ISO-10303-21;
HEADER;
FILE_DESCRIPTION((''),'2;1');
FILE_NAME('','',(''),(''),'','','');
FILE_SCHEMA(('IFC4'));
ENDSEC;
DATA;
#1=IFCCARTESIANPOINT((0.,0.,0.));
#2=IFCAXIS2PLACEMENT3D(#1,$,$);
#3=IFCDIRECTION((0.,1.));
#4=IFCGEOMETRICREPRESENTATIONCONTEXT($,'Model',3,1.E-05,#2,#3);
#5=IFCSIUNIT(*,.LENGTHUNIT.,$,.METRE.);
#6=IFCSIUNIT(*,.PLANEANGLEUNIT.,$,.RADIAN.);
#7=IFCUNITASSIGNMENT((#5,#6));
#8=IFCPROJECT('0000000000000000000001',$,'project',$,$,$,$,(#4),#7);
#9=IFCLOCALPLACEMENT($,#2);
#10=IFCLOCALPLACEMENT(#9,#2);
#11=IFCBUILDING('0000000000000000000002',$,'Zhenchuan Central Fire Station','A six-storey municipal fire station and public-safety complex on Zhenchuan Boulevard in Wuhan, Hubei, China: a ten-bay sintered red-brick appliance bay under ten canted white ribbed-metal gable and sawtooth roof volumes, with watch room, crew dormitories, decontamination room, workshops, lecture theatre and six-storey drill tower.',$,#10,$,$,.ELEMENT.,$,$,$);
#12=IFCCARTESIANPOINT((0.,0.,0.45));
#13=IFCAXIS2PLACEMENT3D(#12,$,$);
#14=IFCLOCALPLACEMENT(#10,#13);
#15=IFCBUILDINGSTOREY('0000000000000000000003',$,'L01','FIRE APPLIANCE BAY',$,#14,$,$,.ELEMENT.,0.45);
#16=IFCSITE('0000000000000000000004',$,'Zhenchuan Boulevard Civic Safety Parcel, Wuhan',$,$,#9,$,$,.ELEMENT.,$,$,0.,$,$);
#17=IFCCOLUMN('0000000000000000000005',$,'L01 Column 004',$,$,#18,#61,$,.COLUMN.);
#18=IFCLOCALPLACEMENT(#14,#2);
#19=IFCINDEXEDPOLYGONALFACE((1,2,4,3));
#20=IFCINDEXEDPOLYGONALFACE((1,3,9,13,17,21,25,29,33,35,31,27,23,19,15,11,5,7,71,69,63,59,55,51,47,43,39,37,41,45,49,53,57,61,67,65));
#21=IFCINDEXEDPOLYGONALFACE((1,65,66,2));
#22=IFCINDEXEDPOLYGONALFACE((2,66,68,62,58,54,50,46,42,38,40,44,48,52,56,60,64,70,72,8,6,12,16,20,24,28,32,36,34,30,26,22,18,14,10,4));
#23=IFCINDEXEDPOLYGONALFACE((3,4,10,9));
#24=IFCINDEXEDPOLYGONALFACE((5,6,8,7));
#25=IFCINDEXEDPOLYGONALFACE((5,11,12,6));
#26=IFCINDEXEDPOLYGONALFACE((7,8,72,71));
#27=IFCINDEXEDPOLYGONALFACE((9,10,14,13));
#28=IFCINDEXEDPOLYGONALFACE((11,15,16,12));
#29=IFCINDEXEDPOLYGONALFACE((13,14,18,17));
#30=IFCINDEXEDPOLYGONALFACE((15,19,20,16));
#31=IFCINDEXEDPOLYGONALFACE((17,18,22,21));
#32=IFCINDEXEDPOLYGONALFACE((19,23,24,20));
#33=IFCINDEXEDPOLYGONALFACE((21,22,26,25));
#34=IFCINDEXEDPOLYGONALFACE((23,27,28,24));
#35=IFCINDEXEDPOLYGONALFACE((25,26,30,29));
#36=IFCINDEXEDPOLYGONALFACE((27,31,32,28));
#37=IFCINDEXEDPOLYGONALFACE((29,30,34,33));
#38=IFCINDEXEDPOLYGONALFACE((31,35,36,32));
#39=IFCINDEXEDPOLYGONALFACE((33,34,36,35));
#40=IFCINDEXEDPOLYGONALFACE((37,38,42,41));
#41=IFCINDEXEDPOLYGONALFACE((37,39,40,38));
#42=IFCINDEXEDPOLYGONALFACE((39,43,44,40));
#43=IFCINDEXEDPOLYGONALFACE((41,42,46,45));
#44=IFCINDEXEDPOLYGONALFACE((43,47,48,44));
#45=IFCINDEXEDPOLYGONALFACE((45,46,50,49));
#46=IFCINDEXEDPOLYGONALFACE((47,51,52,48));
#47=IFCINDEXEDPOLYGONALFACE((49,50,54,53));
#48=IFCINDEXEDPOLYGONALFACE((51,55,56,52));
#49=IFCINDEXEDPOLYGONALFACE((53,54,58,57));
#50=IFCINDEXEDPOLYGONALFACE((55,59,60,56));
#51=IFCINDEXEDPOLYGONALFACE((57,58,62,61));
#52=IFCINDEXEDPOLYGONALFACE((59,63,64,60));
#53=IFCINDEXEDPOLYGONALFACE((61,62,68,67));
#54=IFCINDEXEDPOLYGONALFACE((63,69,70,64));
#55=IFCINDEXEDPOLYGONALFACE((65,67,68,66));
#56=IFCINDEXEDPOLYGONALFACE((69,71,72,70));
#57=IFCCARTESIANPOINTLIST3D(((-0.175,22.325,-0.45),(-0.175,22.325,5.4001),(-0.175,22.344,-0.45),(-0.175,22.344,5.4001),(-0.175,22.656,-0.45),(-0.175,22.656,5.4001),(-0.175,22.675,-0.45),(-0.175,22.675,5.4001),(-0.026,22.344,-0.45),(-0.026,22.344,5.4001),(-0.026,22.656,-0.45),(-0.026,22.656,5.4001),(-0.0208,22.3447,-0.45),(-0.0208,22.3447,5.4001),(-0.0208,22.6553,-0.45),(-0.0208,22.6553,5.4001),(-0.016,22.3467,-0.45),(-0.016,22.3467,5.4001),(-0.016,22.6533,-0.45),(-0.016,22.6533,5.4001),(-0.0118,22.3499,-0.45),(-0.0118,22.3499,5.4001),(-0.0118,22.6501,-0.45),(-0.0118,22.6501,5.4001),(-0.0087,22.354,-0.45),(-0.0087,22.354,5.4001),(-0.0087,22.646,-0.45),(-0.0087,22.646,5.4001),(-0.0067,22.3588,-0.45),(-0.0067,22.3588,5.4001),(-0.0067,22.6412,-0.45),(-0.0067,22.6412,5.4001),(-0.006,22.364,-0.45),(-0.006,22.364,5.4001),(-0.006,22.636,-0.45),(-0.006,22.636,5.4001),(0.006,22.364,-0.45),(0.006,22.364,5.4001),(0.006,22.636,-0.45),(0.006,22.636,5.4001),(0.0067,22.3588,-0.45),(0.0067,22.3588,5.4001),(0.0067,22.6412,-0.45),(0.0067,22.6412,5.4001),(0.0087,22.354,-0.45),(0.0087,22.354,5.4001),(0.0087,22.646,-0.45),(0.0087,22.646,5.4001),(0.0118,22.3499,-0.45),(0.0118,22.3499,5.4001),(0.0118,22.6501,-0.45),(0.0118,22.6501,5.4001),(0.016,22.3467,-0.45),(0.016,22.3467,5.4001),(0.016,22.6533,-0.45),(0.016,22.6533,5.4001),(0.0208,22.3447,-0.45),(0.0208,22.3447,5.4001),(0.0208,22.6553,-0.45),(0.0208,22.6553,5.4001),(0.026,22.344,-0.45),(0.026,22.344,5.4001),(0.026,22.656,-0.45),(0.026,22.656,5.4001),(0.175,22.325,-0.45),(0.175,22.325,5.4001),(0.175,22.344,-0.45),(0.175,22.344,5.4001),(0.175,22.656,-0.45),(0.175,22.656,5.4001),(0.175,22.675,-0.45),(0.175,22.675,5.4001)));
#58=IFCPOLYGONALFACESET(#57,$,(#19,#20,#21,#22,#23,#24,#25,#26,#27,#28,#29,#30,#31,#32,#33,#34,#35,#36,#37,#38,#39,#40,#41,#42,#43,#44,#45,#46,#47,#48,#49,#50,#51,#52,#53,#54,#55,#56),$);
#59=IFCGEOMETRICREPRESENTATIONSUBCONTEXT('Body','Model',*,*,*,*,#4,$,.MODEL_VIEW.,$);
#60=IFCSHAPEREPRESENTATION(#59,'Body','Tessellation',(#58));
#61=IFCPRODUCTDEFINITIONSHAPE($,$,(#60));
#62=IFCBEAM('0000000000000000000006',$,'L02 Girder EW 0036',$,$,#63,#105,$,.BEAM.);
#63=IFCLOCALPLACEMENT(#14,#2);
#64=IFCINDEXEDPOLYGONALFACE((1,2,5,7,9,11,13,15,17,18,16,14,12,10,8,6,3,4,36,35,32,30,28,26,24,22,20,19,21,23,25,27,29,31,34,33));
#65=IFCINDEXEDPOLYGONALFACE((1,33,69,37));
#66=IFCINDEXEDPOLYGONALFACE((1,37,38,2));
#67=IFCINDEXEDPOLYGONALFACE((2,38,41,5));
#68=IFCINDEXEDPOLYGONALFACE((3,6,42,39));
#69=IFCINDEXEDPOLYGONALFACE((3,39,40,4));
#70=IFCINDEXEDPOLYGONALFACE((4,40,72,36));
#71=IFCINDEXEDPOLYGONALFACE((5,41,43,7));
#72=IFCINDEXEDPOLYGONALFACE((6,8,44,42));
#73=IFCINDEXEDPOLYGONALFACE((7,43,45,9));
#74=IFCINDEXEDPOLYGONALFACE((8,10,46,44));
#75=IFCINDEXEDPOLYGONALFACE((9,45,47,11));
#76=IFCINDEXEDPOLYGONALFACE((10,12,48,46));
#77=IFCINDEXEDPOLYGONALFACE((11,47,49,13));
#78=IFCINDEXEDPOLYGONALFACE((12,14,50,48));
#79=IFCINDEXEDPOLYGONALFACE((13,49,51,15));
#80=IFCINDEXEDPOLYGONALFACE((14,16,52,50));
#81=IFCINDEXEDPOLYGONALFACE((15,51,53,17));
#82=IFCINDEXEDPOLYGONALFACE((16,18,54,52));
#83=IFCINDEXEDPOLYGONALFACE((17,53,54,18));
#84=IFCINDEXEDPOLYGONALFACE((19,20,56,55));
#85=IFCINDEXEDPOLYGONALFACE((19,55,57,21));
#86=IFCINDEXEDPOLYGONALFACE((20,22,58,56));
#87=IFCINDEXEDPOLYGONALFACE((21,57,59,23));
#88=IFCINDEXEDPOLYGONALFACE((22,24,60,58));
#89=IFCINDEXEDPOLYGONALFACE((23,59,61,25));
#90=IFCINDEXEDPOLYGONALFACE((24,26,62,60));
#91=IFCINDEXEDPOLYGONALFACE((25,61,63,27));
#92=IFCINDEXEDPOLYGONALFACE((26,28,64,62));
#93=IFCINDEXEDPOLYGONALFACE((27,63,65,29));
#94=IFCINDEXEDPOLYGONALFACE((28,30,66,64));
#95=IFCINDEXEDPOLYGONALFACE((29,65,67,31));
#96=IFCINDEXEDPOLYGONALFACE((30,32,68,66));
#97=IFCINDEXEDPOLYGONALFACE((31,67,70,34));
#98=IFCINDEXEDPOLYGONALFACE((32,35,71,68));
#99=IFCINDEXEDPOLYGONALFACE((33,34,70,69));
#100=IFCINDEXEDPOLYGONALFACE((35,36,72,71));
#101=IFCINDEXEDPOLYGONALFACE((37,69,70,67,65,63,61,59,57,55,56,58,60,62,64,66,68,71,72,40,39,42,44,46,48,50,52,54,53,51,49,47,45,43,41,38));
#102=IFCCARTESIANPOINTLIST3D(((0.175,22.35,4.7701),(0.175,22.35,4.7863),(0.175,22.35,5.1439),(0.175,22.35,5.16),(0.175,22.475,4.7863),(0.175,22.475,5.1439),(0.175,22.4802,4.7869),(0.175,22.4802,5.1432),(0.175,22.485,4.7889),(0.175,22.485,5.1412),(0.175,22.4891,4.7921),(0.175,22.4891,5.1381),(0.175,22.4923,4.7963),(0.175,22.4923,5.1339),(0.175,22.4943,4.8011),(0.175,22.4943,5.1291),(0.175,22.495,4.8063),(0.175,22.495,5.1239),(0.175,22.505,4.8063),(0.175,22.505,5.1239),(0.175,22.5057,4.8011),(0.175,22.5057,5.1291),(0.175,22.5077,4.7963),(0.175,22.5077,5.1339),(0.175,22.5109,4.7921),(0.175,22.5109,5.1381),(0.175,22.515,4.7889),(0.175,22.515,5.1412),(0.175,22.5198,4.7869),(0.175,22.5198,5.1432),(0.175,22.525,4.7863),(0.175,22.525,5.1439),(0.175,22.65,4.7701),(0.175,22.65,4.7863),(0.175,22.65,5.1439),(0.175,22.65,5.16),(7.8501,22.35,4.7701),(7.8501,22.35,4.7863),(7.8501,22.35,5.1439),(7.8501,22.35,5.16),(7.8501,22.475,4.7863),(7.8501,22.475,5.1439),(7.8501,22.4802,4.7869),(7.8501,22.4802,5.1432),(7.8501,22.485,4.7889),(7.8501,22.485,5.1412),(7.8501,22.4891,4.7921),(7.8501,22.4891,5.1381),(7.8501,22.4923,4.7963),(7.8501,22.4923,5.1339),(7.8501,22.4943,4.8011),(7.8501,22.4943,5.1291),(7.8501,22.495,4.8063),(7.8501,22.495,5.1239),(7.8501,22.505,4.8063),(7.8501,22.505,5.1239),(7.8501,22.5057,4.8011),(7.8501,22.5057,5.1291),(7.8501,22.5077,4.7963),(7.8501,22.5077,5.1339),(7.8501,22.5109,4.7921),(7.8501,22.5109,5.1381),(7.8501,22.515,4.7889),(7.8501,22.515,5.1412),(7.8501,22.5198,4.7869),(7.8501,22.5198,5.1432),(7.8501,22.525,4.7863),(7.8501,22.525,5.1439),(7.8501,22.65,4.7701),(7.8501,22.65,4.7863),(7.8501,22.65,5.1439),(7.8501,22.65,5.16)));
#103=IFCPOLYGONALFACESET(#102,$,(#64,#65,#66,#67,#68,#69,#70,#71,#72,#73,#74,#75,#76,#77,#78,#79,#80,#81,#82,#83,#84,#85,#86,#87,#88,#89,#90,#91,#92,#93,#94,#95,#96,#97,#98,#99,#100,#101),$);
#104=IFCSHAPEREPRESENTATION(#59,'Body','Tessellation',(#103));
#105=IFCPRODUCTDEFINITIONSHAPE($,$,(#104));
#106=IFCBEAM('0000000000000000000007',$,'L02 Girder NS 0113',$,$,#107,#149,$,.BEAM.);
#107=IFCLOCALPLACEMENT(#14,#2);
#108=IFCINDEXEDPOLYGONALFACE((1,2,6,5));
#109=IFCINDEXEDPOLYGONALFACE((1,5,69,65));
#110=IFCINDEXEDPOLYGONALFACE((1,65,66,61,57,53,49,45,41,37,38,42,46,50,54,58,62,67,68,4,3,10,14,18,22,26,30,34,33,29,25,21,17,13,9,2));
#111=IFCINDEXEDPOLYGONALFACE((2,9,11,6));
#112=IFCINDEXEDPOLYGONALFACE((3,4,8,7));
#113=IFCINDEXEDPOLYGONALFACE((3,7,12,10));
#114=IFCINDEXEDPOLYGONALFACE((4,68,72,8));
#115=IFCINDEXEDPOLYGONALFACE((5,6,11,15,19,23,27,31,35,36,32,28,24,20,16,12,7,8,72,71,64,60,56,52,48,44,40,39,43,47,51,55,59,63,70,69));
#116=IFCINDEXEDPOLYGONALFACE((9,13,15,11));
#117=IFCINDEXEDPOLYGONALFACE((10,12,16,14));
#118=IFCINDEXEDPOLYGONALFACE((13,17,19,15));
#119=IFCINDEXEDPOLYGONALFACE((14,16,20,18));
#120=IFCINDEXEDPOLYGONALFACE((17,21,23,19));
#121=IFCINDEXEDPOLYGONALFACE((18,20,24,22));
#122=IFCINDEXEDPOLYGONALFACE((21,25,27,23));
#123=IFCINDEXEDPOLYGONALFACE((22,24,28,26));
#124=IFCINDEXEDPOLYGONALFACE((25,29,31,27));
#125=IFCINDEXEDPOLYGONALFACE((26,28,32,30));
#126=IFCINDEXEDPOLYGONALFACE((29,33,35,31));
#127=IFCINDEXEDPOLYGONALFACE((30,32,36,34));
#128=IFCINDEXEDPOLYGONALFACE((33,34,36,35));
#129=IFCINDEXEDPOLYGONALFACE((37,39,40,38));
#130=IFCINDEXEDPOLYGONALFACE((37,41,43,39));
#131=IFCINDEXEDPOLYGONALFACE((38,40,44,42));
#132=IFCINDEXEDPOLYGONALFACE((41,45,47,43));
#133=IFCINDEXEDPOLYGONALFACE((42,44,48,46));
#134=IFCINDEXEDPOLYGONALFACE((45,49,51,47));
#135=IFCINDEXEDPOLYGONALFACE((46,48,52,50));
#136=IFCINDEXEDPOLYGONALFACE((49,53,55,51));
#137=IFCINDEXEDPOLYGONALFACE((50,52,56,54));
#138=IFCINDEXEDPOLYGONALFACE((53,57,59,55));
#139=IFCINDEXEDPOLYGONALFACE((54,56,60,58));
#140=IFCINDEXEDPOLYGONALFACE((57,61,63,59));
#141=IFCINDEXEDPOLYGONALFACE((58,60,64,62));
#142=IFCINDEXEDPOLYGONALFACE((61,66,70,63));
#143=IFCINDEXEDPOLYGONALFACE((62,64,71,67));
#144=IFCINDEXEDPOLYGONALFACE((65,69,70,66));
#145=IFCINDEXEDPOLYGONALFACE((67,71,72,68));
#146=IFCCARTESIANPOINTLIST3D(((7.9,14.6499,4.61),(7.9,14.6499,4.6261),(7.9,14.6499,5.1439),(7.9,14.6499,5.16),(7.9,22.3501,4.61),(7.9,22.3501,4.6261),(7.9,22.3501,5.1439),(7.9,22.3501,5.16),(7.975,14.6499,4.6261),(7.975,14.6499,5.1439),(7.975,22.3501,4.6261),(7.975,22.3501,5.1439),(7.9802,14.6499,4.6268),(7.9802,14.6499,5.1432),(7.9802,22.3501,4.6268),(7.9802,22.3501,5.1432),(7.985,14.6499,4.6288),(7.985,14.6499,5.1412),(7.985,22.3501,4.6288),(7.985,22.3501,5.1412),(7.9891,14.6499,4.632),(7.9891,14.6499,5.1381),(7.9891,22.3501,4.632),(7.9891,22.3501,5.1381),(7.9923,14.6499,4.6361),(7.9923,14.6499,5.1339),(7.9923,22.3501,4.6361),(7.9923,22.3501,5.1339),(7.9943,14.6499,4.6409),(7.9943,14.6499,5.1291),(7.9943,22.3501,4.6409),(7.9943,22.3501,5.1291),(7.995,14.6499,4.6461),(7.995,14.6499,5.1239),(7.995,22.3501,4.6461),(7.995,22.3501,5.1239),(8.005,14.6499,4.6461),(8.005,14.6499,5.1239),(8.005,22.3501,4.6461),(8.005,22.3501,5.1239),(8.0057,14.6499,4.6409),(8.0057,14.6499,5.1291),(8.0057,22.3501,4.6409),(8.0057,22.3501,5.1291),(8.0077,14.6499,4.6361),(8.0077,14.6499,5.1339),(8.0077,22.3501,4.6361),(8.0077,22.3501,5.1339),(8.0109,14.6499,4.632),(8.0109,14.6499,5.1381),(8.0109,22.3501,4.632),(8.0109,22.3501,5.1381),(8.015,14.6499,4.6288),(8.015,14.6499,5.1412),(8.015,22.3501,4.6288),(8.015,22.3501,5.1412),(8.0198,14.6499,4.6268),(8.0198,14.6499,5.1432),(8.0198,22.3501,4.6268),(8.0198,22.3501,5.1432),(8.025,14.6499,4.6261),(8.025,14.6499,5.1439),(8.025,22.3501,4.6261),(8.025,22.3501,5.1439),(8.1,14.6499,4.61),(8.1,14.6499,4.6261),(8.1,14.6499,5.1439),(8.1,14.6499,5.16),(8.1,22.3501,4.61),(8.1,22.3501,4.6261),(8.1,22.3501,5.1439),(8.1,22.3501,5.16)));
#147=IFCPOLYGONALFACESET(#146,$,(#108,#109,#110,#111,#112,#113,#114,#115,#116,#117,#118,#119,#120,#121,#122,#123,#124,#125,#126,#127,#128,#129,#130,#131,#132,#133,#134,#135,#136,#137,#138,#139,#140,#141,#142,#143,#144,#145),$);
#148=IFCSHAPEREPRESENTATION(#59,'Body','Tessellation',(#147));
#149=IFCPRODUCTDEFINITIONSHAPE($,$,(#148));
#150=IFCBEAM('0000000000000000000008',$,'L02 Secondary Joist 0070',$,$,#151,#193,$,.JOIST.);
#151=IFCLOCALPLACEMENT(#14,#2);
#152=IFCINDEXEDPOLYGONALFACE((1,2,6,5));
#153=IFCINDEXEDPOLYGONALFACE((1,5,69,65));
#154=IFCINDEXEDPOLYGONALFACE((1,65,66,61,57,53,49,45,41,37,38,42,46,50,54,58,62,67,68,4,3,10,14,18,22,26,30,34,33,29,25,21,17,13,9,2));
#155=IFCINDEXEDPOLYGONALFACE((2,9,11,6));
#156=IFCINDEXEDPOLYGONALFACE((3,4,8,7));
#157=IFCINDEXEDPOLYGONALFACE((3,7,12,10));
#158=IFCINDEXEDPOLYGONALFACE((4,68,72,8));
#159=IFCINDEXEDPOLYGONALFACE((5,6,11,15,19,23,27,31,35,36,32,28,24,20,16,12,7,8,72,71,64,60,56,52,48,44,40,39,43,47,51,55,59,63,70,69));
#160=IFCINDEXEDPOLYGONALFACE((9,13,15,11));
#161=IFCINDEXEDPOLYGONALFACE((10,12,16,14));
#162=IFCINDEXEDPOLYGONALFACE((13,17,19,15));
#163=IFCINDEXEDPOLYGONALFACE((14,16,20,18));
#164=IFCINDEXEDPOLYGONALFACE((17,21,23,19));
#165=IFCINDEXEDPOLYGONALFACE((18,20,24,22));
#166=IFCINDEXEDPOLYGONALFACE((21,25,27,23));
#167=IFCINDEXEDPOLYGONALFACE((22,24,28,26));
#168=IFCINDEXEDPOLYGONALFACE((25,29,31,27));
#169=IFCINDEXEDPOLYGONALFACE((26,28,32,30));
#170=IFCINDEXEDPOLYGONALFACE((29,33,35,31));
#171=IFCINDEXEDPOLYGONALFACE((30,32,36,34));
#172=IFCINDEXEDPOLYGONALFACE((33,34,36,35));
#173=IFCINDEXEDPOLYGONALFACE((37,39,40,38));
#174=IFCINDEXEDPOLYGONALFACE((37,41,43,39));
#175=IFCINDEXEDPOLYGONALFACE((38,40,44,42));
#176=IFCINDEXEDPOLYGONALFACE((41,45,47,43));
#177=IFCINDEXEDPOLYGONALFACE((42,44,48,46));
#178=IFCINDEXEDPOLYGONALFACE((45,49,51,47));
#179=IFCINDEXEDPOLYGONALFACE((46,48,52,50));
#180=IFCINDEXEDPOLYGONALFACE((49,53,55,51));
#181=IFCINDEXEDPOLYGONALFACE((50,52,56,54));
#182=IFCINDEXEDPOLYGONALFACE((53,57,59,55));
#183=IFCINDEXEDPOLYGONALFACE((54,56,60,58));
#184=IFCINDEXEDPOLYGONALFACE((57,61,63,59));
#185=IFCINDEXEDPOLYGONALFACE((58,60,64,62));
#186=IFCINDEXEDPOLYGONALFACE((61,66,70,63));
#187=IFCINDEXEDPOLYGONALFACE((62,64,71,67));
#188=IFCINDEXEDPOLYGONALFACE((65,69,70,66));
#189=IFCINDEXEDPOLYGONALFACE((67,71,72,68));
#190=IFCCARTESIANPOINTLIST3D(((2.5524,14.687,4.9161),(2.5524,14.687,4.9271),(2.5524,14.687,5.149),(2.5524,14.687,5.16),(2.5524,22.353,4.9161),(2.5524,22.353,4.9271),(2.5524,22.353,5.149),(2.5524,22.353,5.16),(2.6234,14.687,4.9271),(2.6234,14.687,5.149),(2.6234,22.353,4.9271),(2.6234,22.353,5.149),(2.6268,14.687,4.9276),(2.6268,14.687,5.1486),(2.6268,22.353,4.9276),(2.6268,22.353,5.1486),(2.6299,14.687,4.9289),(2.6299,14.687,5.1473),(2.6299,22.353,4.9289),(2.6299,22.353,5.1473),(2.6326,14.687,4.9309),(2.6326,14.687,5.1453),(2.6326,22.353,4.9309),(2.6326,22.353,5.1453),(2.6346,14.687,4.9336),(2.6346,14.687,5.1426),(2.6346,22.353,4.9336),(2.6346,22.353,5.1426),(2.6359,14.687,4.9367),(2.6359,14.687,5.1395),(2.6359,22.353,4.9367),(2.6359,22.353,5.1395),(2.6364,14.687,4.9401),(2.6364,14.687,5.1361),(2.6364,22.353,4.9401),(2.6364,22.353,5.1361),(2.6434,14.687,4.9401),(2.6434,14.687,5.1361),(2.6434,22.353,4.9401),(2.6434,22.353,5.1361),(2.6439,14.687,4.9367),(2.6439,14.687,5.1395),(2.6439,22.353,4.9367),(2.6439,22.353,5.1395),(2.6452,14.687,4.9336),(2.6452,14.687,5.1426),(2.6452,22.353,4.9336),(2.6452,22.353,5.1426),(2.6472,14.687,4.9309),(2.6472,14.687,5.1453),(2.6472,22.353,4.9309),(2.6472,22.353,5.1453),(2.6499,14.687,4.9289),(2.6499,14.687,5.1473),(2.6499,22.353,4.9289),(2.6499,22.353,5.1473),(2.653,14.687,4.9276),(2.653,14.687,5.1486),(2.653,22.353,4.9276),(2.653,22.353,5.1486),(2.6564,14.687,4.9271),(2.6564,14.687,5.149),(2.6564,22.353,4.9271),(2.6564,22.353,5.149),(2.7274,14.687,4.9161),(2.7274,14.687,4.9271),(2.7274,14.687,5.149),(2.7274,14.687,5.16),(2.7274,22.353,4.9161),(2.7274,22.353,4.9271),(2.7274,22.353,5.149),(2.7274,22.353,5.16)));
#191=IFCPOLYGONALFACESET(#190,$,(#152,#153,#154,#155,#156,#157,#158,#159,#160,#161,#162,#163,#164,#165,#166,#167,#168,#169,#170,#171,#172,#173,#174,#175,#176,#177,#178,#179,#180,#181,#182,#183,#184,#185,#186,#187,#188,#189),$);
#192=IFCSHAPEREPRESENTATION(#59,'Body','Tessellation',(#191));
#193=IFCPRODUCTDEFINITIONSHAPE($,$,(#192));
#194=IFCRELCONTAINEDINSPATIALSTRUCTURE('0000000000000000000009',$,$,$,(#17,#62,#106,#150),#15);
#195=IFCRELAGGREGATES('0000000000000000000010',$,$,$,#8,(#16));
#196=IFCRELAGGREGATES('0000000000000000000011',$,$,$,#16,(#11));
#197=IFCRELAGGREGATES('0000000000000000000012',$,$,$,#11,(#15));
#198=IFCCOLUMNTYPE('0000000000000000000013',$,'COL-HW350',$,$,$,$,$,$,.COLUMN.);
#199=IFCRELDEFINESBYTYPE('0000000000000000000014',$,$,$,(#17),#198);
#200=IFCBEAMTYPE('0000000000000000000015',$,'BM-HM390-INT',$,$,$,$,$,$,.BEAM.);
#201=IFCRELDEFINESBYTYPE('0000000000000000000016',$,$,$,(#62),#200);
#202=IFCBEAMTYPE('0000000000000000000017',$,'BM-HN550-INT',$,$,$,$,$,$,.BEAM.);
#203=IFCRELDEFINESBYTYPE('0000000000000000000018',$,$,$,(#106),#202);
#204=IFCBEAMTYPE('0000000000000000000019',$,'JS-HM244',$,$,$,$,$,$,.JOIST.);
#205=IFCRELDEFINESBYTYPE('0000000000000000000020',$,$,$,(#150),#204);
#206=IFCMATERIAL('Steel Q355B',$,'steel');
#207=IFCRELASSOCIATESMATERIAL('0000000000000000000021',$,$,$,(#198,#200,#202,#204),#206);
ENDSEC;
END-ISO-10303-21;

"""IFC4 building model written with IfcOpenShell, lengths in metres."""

from ifc_helpers import new_model, si_unit, direction, frame, origin, origin_2d, place, context, subcontext, project, spatial, i_section, extrude, material, material_profile, profile_set, type_object, element, save


model = new_model("IFC4")

# Units and contexts
model_context = context("Model", 3, precision=1e-05, world=origin(), true_north=direction((0.0, 1.0)))
body_context = subcontext(model_context, "Body", "Model", "MODEL_VIEW")
ifc_project = project(units=[si_unit("LENGTHUNIT", "METRE"), si_unit("PLANEANGLEUNIT", "RADIAN")], contexts=[model_context])

# Site, building, storey
site_placement = place(None, origin())
site = spatial("IfcSite", under=ifc_project, at=site_placement, Name="Zhenchuan Boulevard Civic Safety Parcel, Wuhan", CompositionType="ELEMENT", RefElevation=0.0)
building_placement = place(site_placement, origin())
building = spatial("IfcBuilding", under=site, at=building_placement, Name="Zhenchuan Central Fire Station", Description="A six-storey municipal fire station and public-safety complex on Zhenchuan Boulevard in Wuhan, Hubei, China: a ten-bay sintered red-brick appliance bay under ten canted white ribbed-metal gable and sawtooth roof volumes, with watch room, crew dormitories, decontamination room, workshops, lecture theatre and six-storey drill tower.", CompositionType="ELEMENT")
storey_placement = place(building_placement, frame((0.0, 0.0, 0.45)))
storey = spatial("IfcBuildingStorey", under=building, at=storey_placement, Name="L01", Description="FIRE APPLIANCE BAY", CompositionType="ELEMENT", Elevation=0.45)

# Column
ifc_material_1 = material(Name="Steel Q355B", Category="steel")
ifc_material_profile_1 = material_profile(ifc_material_1, i_section(OverallWidth=0.3501, OverallDepth=0.3501, WebThickness=0.012, FlangeThickness=0.019, FilletRadius=0.02, at=origin_2d()), Name="HW 350x350")
ifc_profile_set_1 = profile_set([ifc_material_profile_1], Name="Steel Q355B")
column_type = type_object("IfcColumnType", Name="COL-HW350", PredefinedType="COLUMN", material=ifc_profile_set_1)
column_placement = place(storey_placement, frame((0.0, 22.5, -0.45), z_axis=(0.0, 0.0, 1.0), x_axis=(1.0, 0.0, 0.0)))
element("IfcColumn", 1, at=column_placement, inside=storey, type_object=column_type, Name="L01 Column 004", PredefinedType="COLUMN", context=body_context, shape_type="SweptSolid", body=[
    extrude(i_section(OverallWidth=0.3501, OverallDepth=0.3501, WebThickness=0.012, FlangeThickness=0.019, FilletRadius=0.02, at=origin_2d()), origin(), (0.0, 0.0, 1.0), 5.8501),
])

# Beams
ifc_material_profile_2 = material_profile(ifc_material_1, i_section(OverallWidth=0.3, OverallDepth=0.3899, WebThickness=0.01, FlangeThickness=0.0161, FilletRadius=0.02, at=origin_2d()), Name="HM 390x300")
ifc_profile_set_2 = profile_set([ifc_material_profile_2], Name="Steel Q355B")
beam_type_1 = type_object("IfcBeamType", Name="BM-HM390-INT", PredefinedType="BEAM", material=ifc_profile_set_2)
beam_1_placement = place(storey_placement, frame((0.175, 22.5, 4.9651), z_axis=(1.0, 0.0, 0.0), x_axis=(0.0, 1.0, 0.0)))
element("IfcBeam", 2, at=beam_1_placement, inside=storey, type_object=beam_type_1, Name="L02 Girder EW 0036", PredefinedType="BEAM", context=body_context, shape_type="SweptSolid", body=[
    extrude(i_section(OverallWidth=0.3, OverallDepth=0.3899, WebThickness=0.01, FlangeThickness=0.0161, FilletRadius=0.02, at=origin_2d()), origin(), (0.0, 0.0, 1.0), 7.675),
])
ifc_material_profile_3 = material_profile(ifc_material_1, i_section(OverallWidth=0.2, OverallDepth=0.55, WebThickness=0.01, FlangeThickness=0.0161, FilletRadius=0.02, at=origin_2d()), Name="HN 550x200")
ifc_profile_set_3 = profile_set([ifc_material_profile_3], Name="Steel Q355B")
beam_type_2 = type_object("IfcBeamType", Name="BM-HN550-INT", PredefinedType="BEAM", material=ifc_profile_set_3)
beam_2_placement = place(storey_placement, frame((8.0, 14.6499, 4.885), z_axis=(0.0, 1.0, 0.0), x_axis=(-1.0, 0.0, 0.0)))
element("IfcBeam", 3, at=beam_2_placement, inside=storey, type_object=beam_type_2, Name="L02 Girder NS 0113", PredefinedType="BEAM", context=body_context, shape_type="SweptSolid", body=[
    extrude(i_section(OverallWidth=0.2, OverallDepth=0.55, WebThickness=0.01, FlangeThickness=0.0161, FilletRadius=0.02, at=origin_2d()), origin(), (0.0, 0.0, 1.0), 7.7002),
])
ifc_material_profile_4 = material_profile(ifc_material_1, i_section(OverallWidth=0.175, OverallDepth=0.2439, WebThickness=0.0071, FlangeThickness=0.011, FilletRadius=0.0129, at=origin_2d()), Name="HM 244x175")
ifc_profile_set_4 = profile_set([ifc_material_profile_4], Name="Steel Q355B")
beam_type_3 = type_object("IfcBeamType", Name="JS-HM244", PredefinedType="JOIST", material=ifc_profile_set_4)
beam_3_placement = place(storey_placement, frame((2.6399, 14.687, 5.0381), z_axis=(0.0, 1.0, 0.0), x_axis=(-1.0, 0.0, 0.0)))
element("IfcBeam", 4, at=beam_3_placement, inside=storey, type_object=beam_type_3, Name="L02 Secondary Joist 0070", PredefinedType="JOIST", context=body_context, shape_type="SweptSolid", body=[
    extrude(i_section(OverallWidth=0.175, OverallDepth=0.2439, WebThickness=0.0071, FlangeThickness=0.011, FilletRadius=0.0129, at=origin_2d()), origin(), (0.0, 0.0, 1.0), 7.666),
])

save(model, "model.ifc")
